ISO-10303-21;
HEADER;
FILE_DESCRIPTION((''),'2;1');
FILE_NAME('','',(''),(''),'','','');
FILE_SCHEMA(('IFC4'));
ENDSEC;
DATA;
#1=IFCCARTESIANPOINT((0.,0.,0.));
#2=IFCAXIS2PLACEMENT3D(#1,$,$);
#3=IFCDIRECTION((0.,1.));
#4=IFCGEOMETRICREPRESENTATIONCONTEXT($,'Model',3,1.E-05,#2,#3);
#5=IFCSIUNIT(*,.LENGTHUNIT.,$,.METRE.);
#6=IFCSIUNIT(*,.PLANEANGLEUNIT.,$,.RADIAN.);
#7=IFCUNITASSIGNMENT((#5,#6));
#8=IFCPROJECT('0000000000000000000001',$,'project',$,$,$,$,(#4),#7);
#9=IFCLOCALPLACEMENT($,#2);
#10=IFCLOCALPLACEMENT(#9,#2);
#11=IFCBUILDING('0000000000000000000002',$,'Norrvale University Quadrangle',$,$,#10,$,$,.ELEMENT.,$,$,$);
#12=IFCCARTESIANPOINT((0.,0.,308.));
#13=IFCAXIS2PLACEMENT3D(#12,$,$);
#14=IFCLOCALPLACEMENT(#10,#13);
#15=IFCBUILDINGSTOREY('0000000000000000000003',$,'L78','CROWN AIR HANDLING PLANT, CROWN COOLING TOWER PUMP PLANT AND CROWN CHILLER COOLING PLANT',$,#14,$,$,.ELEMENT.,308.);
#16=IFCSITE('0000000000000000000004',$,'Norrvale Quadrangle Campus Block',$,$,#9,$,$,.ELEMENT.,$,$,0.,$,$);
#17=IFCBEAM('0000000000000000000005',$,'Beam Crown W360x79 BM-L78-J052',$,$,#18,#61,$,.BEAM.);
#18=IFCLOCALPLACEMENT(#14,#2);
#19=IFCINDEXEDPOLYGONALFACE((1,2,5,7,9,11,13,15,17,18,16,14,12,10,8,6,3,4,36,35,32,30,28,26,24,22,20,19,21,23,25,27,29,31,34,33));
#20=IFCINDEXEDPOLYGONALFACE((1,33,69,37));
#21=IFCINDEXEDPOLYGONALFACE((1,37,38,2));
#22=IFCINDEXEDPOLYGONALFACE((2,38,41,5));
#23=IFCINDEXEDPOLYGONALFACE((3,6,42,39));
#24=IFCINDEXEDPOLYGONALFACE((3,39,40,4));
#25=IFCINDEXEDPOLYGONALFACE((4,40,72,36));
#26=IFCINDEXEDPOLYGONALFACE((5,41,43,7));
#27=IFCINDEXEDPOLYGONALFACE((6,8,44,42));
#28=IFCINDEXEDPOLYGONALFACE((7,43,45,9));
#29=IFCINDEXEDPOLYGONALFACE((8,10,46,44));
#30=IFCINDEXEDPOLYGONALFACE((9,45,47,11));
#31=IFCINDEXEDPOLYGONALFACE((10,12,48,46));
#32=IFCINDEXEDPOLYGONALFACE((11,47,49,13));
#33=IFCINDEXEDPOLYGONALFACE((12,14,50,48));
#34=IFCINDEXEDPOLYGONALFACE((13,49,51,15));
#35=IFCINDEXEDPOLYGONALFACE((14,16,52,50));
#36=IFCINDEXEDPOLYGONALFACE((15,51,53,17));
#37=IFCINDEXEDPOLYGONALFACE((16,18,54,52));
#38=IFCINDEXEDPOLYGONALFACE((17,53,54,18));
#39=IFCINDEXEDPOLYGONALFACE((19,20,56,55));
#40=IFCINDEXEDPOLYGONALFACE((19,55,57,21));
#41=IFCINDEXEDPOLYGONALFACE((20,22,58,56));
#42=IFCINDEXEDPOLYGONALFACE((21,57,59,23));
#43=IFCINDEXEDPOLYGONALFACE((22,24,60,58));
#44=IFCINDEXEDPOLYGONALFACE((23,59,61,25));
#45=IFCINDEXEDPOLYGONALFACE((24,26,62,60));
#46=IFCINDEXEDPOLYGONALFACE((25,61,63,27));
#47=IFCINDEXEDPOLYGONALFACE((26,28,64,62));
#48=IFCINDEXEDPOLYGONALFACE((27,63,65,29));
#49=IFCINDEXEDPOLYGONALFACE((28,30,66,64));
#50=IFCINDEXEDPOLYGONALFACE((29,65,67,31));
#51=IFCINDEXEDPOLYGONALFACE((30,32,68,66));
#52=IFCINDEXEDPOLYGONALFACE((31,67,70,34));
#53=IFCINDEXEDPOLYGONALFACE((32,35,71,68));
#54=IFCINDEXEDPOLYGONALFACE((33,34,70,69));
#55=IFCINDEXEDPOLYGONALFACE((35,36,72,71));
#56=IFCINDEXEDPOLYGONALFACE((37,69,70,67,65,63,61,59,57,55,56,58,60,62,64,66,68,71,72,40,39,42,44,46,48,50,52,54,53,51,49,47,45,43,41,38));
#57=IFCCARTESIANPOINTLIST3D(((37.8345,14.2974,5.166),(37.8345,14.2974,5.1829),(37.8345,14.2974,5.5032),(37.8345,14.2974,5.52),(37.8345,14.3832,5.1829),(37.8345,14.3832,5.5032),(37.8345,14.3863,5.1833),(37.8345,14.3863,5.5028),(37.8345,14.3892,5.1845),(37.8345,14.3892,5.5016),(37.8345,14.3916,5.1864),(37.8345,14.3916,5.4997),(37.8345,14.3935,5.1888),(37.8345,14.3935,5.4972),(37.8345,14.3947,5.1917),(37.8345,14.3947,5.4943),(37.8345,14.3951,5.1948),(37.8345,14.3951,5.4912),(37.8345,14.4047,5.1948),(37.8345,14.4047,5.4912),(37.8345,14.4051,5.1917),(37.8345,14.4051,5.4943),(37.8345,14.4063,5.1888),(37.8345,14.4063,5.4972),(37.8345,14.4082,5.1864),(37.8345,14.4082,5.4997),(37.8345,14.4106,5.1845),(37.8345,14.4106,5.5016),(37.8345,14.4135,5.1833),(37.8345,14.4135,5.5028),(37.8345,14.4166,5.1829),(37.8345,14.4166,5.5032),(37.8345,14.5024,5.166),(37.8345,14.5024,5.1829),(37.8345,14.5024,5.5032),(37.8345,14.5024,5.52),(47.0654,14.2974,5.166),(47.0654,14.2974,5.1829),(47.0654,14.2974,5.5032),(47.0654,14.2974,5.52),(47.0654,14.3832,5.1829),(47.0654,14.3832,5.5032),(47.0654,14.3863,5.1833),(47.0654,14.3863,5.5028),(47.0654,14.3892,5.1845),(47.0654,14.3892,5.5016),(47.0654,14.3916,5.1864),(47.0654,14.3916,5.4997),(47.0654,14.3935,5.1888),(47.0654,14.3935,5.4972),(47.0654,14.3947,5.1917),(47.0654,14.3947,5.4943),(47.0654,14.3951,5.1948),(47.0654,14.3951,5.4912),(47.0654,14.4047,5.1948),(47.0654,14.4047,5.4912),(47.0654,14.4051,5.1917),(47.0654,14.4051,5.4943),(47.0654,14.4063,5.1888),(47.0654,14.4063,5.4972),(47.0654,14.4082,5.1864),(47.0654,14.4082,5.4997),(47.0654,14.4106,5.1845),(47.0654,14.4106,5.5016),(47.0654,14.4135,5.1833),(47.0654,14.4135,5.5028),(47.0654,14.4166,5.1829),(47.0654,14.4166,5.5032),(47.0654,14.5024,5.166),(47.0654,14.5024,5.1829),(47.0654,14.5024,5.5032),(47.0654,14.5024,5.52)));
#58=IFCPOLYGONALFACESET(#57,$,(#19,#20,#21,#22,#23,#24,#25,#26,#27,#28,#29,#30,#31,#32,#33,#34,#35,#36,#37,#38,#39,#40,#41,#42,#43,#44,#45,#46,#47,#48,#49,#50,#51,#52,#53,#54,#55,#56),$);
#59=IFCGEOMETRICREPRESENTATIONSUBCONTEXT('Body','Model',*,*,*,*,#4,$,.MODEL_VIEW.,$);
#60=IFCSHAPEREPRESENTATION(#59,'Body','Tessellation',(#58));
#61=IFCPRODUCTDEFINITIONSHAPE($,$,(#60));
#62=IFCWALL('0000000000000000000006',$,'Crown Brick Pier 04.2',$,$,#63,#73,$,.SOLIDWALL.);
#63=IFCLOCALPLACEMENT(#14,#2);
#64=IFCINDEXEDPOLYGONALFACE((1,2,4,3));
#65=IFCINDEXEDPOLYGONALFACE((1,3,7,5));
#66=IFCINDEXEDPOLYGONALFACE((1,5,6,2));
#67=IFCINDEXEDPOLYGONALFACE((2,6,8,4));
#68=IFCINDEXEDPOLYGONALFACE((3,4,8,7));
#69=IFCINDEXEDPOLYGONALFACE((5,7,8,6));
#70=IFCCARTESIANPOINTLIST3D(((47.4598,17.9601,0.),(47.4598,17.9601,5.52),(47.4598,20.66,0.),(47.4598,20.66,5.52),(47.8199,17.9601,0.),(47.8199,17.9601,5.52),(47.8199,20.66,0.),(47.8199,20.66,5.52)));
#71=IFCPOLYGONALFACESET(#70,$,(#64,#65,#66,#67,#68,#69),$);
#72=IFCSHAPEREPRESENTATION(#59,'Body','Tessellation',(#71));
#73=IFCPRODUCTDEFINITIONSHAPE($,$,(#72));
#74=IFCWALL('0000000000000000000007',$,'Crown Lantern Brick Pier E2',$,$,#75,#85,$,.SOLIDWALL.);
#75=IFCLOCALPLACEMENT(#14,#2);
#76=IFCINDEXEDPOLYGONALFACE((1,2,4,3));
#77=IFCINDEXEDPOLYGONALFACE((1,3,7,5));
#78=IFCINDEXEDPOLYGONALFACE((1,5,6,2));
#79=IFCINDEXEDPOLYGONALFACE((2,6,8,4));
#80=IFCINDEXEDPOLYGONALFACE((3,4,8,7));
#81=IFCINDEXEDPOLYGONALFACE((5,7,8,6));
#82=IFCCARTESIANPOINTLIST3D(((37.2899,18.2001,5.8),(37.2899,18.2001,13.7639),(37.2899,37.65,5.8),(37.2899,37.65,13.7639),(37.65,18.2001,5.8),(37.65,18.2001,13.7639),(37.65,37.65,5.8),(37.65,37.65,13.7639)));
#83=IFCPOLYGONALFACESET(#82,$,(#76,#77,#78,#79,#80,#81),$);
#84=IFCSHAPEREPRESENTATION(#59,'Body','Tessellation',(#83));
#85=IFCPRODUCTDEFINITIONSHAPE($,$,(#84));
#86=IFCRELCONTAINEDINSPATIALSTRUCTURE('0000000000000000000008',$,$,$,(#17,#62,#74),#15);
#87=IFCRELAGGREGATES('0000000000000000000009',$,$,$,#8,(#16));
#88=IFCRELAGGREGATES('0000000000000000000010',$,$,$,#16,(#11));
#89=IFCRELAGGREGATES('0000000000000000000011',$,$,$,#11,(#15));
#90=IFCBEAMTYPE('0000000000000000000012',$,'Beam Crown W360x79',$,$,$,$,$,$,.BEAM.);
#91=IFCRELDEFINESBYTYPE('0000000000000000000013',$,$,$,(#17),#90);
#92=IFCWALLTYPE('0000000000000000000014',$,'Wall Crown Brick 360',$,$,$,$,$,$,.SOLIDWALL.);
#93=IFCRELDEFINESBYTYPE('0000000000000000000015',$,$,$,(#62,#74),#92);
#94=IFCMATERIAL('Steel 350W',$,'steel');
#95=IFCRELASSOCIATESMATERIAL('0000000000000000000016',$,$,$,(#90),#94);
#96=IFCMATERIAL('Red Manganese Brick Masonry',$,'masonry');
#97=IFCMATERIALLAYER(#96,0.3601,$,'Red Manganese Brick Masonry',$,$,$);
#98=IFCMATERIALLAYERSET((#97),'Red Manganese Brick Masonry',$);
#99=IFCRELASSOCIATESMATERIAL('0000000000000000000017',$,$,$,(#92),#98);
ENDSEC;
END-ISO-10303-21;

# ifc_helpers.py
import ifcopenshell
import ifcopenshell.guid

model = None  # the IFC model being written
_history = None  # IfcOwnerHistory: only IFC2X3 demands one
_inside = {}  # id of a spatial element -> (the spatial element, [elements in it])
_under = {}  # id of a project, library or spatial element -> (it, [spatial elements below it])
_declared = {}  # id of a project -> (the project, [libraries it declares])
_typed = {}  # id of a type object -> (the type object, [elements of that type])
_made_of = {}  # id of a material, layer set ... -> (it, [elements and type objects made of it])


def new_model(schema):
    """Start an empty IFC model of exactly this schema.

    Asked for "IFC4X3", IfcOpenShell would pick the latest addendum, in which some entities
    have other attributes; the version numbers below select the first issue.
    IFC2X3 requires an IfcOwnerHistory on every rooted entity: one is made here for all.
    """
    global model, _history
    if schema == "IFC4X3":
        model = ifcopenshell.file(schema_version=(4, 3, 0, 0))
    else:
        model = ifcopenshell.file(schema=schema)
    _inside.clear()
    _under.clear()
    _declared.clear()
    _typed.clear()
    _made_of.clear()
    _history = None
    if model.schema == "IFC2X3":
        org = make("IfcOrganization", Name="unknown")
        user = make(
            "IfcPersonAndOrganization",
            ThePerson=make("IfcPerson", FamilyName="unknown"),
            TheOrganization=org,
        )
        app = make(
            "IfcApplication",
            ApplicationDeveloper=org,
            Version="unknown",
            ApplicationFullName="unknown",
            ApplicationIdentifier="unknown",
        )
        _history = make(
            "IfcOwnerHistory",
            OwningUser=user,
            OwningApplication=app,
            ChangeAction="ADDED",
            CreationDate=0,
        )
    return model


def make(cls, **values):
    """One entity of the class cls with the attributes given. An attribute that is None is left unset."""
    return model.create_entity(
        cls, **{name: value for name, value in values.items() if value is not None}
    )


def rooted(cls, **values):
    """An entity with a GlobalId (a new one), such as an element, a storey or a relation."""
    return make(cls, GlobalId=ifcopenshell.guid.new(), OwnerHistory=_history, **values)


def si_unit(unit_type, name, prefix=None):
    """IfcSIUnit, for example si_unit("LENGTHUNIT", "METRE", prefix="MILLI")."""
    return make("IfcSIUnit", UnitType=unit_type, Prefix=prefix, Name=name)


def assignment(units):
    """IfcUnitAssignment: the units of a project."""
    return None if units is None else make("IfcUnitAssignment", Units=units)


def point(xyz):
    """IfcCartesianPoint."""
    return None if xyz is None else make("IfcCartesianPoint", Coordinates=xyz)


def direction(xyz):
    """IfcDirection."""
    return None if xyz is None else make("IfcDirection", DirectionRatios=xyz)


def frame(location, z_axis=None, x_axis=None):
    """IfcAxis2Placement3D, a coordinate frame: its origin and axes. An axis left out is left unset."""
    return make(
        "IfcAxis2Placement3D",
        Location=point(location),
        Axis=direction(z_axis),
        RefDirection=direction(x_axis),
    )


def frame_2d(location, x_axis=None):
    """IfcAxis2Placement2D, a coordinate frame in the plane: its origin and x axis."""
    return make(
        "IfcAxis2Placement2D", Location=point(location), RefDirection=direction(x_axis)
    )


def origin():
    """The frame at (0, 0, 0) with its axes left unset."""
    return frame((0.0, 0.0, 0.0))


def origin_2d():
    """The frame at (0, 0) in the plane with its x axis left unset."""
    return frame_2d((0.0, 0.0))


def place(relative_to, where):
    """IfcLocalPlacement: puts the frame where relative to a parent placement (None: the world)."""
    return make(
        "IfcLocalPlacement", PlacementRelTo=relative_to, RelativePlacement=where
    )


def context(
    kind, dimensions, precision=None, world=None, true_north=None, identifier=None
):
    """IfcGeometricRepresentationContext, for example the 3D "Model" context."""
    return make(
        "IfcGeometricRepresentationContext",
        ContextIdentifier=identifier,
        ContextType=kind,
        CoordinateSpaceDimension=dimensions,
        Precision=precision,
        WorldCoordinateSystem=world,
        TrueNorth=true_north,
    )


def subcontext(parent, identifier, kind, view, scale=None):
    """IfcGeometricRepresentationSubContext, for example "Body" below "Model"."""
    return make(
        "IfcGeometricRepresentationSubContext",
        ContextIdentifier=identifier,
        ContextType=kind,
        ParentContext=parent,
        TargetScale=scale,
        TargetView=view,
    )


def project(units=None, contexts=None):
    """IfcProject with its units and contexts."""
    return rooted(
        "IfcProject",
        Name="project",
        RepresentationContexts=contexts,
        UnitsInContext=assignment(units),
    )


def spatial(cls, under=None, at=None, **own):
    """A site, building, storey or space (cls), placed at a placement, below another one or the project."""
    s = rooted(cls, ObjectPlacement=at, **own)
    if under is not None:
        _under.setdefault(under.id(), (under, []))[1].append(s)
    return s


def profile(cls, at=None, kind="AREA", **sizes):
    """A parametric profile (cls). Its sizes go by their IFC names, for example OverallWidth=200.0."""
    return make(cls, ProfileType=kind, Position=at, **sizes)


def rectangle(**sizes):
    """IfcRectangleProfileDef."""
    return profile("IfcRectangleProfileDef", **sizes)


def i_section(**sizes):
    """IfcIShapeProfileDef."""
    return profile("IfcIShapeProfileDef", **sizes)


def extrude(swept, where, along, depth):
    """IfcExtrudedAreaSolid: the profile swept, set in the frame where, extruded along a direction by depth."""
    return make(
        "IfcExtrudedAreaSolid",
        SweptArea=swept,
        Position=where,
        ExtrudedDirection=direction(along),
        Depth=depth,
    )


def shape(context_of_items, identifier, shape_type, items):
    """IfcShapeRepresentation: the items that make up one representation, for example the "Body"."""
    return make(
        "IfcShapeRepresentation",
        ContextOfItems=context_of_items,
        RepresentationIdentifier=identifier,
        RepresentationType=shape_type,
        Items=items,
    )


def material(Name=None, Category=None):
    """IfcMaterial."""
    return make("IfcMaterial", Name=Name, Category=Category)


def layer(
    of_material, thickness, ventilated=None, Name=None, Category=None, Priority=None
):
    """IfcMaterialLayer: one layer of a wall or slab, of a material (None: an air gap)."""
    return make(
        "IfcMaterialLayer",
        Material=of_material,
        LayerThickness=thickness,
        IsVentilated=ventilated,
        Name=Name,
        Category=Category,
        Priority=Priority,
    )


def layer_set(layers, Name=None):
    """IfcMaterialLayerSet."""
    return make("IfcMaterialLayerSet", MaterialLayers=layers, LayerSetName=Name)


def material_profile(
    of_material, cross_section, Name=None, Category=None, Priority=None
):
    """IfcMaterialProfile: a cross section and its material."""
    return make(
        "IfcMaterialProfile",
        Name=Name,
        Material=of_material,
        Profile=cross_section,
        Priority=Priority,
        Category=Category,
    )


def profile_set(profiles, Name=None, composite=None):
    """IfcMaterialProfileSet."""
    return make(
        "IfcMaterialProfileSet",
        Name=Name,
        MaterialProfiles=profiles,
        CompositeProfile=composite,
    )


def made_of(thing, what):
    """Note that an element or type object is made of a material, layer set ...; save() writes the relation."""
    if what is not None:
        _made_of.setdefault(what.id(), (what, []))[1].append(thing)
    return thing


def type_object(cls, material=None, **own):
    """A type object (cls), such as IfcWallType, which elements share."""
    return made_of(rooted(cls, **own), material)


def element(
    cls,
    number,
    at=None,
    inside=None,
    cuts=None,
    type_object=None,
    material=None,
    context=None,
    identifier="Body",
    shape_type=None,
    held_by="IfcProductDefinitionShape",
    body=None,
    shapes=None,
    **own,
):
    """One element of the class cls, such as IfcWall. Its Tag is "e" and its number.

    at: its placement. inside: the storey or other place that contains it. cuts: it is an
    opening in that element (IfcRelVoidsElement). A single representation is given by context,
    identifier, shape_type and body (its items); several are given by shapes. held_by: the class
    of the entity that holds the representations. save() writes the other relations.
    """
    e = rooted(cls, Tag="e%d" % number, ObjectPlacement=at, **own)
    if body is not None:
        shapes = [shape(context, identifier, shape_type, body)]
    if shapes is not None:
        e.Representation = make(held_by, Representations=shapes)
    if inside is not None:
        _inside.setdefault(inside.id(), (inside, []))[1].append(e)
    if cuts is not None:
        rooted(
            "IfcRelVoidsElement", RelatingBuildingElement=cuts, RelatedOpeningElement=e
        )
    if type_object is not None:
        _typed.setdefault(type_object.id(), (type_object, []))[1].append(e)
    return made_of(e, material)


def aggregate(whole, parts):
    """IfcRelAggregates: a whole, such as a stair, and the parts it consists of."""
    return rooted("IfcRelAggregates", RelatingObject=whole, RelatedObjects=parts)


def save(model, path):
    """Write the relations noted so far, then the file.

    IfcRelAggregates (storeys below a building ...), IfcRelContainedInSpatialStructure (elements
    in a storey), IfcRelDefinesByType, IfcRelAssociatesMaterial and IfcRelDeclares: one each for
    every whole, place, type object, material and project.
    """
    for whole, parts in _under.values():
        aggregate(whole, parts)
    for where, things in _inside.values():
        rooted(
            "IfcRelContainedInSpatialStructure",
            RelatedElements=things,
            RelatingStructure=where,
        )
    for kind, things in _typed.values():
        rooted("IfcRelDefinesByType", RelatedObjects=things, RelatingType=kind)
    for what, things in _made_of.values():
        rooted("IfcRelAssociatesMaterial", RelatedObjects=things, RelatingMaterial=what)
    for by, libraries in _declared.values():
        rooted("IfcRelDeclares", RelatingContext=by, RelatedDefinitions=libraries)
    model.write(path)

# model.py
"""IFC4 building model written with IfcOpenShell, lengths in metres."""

from ifc_helpers import new_model, si_unit, direction, frame, frame_2d, origin, origin_2d, place, context, subcontext, project, spatial, rectangle, i_section, extrude, material, layer, layer_set, material_profile, profile_set, type_object, element, save


model = new_model("IFC4")

# Units and contexts
model_context = context("Model", 3, precision=1e-05, world=origin(), true_north=direction((0.0, 1.0)))
body_context = subcontext(model_context, "Body", "Model", "MODEL_VIEW")
ifc_project = project(units=[si_unit("LENGTHUNIT", "METRE"), si_unit("PLANEANGLEUNIT", "RADIAN")], contexts=[model_context])

# Site, building, storey
site_placement = place(None, origin())
site = spatial("IfcSite", under=ifc_project, at=site_placement, Name="Norrvale Quadrangle Campus Block", CompositionType="ELEMENT", RefElevation=0.0)
building_placement = place(site_placement, origin())
building = spatial("IfcBuilding", under=site, at=building_placement, Name="Norrvale University Quadrangle", CompositionType="ELEMENT")
storey_placement = place(building_placement, frame((0.0, 0.0, 308.0)))
storey = spatial("IfcBuildingStorey", under=building, at=storey_placement, Name="L78", Description="CROWN AIR HANDLING PLANT, CROWN COOLING TOWER PUMP PLANT AND CROWN CHILLER COOLING PLANT", CompositionType="ELEMENT", Elevation=308.0)

# Beam
ifc_material_1 = material(Name="Steel 350W", Category="steel")
ifc_material_profile_1 = material_profile(ifc_material_1, i_section(OverallWidth=0.2051, OverallDepth=0.354, WebThickness=0.0095, FlangeThickness=0.0168, FilletRadius=0.012, at=origin_2d()), Name="Steel 350W")
ifc_profile_set_1 = profile_set([ifc_material_profile_1], Name="Steel 350W")
beam_type = type_object("IfcBeamType", Name="Beam Crown W360x79", PredefinedType="BEAM", material=ifc_profile_set_1)
beam_placement = place(storey_placement, frame((37.8345, 14.3999, 5.343), z_axis=(1.0, 0.0, 0.0), x_axis=(0.0, 1.0, 0.0)))
element("IfcBeam", 1, at=beam_placement, inside=storey, type_object=beam_type, Name="Beam Crown W360x79 BM-L78-J052", PredefinedType="BEAM", context=body_context, shape_type="SweptSolid", body=[
    extrude(i_section(OverallWidth=0.2051, OverallDepth=0.354, WebThickness=0.0095, FlangeThickness=0.0168, FilletRadius=0.012, at=origin_2d()), origin(), (0.0, 0.0, 1.0), 9.231),
])

# Walls
ifc_material_2 = material(Name="Red Manganese Brick Masonry", Category="masonry")
ifc_layer_1 = layer(ifc_material_2, 0.3601, Name="Red Manganese Brick Masonry")
ifc_layer_set_1 = layer_set([ifc_layer_1], Name="Red Manganese Brick Masonry")
wall_type = type_object("IfcWallType", Name="Wall Crown Brick 360", PredefinedType="SOLIDWALL", material=ifc_layer_set_1)
wall_1_placement = place(storey_placement, frame((47.6399, 17.96, 0.0), z_axis=(0.0, 0.0, 1.0), x_axis=(0.0, 1.0, 0.0)))
element("IfcWall", 2, at=wall_1_placement, inside=storey, type_object=wall_type, Name="Crown Brick Pier 04.2", PredefinedType="SOLIDWALL", context=body_context, shape_type="SweptSolid", body=[
    extrude(rectangle(XDim=2.7, YDim=0.3601, at=frame_2d((1.3501, 0.0))), origin(), (0.0, 0.0, 1.0), 5.52),
])
wall_2_placement = place(storey_placement, frame((37.47, 18.2, 5.8), z_axis=(0.0, 0.0, 1.0), x_axis=(0.0, 1.0, 0.0)))
element("IfcWall", 3, at=wall_2_placement, inside=storey, type_object=wall_type, Name="Crown Lantern Brick Pier E2", PredefinedType="SOLIDWALL", context=body_context, shape_type="SweptSolid", body=[
    extrude(rectangle(XDim=19.45, YDim=0.3601, at=frame_2d((9.7251, 0.0))), origin(), (0.0, 0.0, 1.0), 7.9639),
])

save(model, "model.ifc")
